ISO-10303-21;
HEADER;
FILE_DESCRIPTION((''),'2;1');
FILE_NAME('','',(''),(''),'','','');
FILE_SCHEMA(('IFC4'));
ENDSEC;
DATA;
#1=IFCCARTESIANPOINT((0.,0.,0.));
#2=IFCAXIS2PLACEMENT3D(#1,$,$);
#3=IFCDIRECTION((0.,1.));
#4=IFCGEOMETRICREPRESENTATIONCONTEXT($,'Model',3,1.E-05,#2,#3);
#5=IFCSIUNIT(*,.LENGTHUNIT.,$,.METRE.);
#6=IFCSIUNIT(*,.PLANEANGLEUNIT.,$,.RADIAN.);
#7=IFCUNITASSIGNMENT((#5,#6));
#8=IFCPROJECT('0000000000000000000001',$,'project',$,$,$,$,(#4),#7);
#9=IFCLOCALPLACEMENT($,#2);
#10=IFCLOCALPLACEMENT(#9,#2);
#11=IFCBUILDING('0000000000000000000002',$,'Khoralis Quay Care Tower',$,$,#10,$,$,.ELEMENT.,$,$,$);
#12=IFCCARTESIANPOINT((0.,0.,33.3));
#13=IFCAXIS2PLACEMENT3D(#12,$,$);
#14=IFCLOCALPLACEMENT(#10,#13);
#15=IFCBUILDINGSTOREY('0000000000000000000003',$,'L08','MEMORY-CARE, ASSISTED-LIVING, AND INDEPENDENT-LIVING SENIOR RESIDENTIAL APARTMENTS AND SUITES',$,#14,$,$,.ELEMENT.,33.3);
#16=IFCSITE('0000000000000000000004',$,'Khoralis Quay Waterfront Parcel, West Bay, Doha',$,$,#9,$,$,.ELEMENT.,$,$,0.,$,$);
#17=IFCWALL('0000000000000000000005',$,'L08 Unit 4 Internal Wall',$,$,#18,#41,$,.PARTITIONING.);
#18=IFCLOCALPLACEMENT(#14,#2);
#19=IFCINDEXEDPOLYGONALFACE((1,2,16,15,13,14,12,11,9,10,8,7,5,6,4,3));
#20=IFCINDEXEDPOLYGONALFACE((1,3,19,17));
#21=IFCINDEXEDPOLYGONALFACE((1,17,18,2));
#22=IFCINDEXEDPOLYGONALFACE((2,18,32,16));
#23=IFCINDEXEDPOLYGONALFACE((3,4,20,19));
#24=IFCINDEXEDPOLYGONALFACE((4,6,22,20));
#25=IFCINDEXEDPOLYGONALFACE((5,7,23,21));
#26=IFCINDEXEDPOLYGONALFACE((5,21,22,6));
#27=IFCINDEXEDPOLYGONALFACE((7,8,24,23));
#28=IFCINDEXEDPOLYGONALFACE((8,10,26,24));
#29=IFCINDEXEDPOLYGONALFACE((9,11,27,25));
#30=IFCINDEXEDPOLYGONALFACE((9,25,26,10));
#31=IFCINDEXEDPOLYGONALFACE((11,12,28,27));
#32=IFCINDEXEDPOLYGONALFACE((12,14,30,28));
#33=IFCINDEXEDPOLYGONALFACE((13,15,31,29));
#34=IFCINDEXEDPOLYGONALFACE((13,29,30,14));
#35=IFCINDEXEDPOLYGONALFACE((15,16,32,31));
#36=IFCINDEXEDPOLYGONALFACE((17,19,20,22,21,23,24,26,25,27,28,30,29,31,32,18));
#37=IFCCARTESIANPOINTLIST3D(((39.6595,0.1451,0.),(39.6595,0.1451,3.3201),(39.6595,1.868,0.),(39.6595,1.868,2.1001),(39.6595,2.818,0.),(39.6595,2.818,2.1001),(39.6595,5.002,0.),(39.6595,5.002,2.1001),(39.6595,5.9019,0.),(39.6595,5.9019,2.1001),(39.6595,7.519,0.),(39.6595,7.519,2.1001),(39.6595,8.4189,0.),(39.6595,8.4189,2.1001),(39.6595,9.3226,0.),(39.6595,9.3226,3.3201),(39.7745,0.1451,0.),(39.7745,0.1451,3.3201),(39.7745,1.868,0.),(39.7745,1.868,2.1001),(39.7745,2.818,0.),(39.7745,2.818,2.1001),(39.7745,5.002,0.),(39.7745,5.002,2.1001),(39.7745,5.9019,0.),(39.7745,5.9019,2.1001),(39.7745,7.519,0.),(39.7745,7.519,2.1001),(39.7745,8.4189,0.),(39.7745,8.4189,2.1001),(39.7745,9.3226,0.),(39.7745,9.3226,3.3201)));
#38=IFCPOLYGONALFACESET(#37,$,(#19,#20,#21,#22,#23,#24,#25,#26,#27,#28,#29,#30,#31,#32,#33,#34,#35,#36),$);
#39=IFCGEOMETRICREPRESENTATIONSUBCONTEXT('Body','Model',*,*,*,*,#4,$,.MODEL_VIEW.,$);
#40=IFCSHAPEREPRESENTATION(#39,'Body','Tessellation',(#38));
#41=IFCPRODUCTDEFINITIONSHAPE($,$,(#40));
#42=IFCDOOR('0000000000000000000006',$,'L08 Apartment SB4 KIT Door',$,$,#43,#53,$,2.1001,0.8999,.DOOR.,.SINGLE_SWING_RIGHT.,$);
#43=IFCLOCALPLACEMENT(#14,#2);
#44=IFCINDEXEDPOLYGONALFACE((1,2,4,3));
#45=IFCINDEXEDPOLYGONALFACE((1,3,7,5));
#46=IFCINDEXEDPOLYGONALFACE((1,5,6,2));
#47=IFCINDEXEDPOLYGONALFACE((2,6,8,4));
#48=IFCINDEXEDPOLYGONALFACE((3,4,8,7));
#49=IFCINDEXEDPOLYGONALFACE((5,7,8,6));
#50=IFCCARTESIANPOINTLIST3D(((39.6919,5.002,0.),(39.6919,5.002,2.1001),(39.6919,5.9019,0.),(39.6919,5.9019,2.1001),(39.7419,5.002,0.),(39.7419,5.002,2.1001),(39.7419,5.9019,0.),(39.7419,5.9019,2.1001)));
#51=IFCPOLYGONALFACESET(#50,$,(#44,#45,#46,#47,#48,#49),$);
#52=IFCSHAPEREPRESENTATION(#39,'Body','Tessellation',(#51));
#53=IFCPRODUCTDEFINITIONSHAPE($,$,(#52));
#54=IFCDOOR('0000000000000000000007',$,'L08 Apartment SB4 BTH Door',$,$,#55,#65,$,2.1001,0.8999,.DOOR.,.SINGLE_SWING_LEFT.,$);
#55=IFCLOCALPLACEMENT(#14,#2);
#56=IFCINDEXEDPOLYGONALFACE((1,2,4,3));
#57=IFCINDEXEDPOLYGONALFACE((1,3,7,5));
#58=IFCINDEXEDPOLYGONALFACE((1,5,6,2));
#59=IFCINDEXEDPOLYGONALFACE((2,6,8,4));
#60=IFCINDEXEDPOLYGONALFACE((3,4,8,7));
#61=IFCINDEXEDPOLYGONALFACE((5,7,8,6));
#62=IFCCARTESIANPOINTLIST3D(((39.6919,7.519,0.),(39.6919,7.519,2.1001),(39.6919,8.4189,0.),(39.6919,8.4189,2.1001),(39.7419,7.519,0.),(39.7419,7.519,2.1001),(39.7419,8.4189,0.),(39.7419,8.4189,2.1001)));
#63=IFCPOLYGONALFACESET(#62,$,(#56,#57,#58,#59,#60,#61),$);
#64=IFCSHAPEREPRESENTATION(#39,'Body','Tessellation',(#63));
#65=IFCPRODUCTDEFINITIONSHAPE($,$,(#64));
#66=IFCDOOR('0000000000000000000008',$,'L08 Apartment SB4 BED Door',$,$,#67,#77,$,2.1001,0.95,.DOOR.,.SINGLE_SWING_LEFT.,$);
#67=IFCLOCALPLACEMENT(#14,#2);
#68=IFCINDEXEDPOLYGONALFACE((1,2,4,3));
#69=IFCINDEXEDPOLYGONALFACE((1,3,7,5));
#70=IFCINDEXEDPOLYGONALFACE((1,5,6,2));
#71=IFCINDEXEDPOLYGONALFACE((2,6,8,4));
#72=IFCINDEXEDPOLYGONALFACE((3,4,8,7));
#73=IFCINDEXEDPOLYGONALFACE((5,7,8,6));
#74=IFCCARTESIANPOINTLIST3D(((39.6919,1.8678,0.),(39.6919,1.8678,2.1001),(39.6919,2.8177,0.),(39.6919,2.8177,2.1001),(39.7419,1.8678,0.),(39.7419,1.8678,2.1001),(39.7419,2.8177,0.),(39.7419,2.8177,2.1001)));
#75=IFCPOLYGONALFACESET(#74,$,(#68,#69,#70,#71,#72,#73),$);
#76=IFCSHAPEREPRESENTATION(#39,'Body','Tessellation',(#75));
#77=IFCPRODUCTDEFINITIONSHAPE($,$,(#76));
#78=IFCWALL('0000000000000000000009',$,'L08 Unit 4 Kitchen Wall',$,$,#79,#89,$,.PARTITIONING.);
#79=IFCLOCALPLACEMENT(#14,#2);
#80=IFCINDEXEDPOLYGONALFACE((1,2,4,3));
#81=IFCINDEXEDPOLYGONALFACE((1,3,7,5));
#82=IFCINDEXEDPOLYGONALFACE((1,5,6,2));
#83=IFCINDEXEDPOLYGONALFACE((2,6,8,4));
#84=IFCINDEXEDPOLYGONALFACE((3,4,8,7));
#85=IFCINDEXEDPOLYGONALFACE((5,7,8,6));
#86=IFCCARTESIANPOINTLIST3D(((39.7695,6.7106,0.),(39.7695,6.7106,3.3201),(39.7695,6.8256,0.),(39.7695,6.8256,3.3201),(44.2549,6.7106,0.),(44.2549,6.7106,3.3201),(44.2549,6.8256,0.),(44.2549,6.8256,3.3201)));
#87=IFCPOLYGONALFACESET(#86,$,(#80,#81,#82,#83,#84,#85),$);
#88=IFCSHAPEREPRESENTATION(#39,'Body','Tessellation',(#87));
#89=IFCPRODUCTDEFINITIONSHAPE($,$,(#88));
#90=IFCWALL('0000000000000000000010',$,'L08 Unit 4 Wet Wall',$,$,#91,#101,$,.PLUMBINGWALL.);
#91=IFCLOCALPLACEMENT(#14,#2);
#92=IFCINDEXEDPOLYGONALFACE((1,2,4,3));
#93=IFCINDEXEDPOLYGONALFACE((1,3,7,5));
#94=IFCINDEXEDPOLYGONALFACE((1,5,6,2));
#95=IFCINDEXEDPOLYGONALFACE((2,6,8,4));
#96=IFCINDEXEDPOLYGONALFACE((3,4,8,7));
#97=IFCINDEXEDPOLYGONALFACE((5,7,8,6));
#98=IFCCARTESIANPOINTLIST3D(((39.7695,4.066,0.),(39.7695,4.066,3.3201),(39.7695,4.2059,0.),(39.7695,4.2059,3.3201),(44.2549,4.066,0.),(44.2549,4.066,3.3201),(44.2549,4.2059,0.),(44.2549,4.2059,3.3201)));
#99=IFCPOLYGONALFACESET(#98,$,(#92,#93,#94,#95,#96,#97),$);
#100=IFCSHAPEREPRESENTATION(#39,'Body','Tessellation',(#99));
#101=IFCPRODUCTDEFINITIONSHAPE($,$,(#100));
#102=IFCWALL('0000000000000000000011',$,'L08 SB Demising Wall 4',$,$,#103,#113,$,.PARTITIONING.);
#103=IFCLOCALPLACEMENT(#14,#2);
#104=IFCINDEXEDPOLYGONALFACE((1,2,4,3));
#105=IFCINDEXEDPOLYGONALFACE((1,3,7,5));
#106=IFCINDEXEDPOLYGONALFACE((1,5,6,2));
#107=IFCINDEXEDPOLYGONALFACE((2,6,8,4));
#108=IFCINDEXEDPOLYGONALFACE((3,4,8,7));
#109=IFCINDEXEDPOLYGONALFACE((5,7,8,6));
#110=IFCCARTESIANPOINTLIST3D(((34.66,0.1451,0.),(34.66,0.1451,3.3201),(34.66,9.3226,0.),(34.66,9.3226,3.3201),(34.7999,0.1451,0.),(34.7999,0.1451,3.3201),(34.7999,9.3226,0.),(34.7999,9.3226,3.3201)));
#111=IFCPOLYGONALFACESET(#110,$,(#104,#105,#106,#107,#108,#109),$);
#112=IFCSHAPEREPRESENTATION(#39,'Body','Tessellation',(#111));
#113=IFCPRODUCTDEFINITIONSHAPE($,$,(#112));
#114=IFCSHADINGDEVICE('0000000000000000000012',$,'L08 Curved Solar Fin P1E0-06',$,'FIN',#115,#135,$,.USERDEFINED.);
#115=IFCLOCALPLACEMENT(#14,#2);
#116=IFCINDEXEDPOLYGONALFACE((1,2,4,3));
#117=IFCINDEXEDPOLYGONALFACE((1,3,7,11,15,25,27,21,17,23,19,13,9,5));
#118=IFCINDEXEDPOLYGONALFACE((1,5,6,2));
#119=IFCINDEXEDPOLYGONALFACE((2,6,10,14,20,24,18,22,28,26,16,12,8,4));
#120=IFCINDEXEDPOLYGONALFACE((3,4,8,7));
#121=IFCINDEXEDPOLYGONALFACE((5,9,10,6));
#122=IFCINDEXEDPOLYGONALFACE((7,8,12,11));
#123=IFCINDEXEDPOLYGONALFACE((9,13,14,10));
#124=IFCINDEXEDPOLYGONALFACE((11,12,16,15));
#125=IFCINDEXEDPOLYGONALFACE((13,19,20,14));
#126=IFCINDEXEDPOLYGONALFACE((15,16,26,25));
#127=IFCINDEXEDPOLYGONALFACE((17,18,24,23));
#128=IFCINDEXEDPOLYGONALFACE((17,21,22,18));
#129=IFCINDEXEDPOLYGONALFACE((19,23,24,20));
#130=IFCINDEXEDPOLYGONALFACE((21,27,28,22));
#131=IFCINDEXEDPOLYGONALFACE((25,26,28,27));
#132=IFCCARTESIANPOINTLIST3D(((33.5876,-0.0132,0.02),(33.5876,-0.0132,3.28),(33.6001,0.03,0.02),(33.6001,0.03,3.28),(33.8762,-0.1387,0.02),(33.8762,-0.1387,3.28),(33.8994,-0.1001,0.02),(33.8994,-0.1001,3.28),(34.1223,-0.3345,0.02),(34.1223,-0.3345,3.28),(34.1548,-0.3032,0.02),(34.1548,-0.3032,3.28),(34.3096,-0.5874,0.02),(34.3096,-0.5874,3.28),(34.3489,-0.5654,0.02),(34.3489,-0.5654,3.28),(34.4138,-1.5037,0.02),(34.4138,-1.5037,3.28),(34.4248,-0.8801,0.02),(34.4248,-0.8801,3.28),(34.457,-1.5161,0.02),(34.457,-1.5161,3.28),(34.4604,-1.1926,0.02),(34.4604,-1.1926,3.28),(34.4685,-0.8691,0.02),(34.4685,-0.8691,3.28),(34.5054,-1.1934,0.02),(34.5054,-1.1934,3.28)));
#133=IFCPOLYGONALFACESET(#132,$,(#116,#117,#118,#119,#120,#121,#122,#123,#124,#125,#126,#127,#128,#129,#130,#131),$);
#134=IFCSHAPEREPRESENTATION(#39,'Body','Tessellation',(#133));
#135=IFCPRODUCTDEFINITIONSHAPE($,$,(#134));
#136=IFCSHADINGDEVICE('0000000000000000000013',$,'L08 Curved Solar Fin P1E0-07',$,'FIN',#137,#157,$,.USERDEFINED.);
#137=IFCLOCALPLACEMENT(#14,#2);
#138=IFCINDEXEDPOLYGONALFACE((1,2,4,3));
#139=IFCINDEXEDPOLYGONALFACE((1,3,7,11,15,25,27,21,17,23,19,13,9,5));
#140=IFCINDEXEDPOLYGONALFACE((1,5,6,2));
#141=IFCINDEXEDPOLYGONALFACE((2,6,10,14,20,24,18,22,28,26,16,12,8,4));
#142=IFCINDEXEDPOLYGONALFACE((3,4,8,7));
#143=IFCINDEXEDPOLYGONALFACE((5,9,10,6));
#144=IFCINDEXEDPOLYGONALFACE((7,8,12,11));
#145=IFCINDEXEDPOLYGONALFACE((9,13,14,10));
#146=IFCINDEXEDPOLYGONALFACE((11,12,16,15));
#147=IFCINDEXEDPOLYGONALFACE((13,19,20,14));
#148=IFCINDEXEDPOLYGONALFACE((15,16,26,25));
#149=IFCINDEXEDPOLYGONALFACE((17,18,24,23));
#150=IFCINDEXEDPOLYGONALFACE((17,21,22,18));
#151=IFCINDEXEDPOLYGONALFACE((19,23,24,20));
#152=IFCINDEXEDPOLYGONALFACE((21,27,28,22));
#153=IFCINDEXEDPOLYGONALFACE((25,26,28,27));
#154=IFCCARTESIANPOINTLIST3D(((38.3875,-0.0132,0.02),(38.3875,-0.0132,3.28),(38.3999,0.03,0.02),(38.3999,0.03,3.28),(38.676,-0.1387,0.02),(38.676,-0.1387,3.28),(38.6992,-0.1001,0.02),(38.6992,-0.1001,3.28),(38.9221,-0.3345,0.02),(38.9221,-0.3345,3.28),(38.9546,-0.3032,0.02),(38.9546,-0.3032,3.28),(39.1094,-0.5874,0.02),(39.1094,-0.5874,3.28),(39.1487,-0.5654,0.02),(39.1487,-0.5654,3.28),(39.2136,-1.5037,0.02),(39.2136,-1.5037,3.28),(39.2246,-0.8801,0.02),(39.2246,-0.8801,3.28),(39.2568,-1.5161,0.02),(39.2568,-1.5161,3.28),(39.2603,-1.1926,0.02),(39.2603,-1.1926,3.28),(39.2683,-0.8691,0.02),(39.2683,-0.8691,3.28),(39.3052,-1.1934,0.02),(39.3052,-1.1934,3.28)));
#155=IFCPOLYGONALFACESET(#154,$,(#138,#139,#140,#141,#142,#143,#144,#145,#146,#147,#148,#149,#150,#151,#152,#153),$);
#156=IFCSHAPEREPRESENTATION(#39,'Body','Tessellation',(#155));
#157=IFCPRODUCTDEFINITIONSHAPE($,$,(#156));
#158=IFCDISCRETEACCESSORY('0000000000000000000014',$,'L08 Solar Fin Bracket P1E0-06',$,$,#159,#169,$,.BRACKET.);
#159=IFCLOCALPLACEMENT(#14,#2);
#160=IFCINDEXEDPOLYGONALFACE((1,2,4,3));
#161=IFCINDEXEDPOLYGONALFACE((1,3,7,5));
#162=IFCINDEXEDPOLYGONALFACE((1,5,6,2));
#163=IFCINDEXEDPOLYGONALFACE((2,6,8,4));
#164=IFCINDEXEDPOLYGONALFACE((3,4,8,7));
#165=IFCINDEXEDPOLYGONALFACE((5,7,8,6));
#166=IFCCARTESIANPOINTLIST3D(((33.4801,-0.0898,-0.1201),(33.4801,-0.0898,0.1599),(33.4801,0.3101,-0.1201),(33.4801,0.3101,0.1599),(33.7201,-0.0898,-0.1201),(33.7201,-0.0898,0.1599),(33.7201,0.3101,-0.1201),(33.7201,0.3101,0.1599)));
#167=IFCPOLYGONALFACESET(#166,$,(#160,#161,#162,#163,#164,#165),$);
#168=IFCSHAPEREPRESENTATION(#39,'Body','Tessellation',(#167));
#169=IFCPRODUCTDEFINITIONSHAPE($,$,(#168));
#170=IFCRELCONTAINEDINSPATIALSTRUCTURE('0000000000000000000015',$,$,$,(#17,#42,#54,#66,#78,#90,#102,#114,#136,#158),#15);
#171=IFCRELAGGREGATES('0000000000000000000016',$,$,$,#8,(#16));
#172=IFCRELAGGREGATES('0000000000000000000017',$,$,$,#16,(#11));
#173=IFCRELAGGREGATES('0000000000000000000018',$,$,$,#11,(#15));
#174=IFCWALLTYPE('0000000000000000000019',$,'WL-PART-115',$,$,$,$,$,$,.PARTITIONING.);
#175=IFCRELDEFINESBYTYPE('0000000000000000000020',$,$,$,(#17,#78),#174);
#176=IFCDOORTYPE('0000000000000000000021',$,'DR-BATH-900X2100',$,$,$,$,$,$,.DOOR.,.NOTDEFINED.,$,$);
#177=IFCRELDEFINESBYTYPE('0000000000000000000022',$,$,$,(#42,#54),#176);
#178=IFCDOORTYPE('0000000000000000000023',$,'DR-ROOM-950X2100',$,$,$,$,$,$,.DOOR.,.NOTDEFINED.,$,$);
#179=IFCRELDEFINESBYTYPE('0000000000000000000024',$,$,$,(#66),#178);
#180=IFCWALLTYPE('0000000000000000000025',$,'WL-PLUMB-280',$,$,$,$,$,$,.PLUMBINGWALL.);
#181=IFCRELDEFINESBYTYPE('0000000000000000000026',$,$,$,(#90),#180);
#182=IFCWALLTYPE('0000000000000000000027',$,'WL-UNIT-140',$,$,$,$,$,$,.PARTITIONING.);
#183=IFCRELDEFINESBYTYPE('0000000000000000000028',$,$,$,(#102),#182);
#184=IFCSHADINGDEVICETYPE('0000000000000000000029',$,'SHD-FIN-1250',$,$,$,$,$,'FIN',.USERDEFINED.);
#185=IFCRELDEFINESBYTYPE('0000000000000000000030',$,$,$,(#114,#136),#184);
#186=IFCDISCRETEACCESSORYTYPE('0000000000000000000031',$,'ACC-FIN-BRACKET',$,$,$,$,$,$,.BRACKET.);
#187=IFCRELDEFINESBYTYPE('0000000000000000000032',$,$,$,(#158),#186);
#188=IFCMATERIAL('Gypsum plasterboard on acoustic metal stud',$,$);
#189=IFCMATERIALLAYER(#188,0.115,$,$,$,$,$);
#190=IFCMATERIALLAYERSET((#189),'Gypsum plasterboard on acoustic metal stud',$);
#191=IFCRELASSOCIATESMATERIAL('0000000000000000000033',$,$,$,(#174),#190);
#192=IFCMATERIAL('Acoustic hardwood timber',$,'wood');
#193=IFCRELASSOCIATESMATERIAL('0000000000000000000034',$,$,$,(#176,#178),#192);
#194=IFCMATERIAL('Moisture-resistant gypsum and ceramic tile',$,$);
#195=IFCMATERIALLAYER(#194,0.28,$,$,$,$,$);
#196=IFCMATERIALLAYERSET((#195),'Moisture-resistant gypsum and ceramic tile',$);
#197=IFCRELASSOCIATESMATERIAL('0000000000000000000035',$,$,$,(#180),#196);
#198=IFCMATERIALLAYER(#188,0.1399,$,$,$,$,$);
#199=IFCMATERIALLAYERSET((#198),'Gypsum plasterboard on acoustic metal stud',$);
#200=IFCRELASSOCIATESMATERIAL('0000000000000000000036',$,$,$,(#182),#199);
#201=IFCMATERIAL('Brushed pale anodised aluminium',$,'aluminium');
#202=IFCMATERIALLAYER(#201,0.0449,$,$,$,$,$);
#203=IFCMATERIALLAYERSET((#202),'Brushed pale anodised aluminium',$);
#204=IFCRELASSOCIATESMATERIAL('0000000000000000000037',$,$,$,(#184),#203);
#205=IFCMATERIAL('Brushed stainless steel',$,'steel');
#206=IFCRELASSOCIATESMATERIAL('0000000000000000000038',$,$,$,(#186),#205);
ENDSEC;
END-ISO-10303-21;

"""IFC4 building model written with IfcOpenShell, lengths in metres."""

from ifc_helpers import new_model, si_unit, direction, frame, frame_2d, origin, origin_2d, place, context, subcontext, project, spatial, polyline, rectangle, outline, extrude, source, transform, mapped, material, layer, layer_set, type_object, element, fill, save


model = new_model("IFC4")

# Units and contexts
model_context = context("Model", 3, precision=1e-05, world=origin(), true_north=direction((0.0, 1.0)))
body_context = subcontext(model_context, "Body", "Model", "MODEL_VIEW")
ifc_project = project(units=[si_unit("LENGTHUNIT", "METRE"), si_unit("PLANEANGLEUNIT", "RADIAN")], contexts=[model_context])

# Site, building, storey
site_placement = place(None, origin())
site = spatial("IfcSite", under=ifc_project, at=site_placement, Name="Khoralis Quay Waterfront Parcel, West Bay, Doha", CompositionType="ELEMENT", RefElevation=0.0)
building_placement = place(site_placement, origin())
building = spatial("IfcBuilding", under=site, at=building_placement, Name="Khoralis Quay Care Tower", CompositionType="ELEMENT")
storey_placement = place(building_placement, frame((0.0, 0.0, 33.3)))
storey = spatial("IfcBuildingStorey", under=building, at=storey_placement, Name="L08", Description="MEMORY-CARE, ASSISTED-LIVING, AND INDEPENDENT-LIVING SENIOR RESIDENTIAL APARTMENTS AND SUITES", CompositionType="ELEMENT", Elevation=33.3)

# Shared definitions
ifc_material_1 = material(Name="Gypsum plasterboard on acoustic metal stud")

# Wall, openings, doors
ifc_layer_1 = layer(ifc_material_1, 0.115)
ifc_layer_set_1 = layer_set([ifc_layer_1], Name="Gypsum plasterboard on acoustic metal stud")
wall_type_1 = type_object("IfcWallType", Name="WL-PART-115", PredefinedType="PARTITIONING", material=ifc_layer_set_1)
wall_1_placement = place(storey_placement, frame((39.717, 0.145, 0.0), z_axis=(0.0, 0.0, 1.0), x_axis=(0.0, 1.0, 0.0)))
wall_1 = element("IfcWall", 1, at=wall_1_placement, inside=storey, type_object=wall_type_1, Name="L08 Unit 4 Internal Wall", PredefinedType="PARTITIONING", context=body_context, shape_type="SweptSolid", body=[
    extrude(rectangle(XDim=9.1775, YDim=0.115, at=frame_2d((4.5889, 0.0))), origin(), (0.0, 0.0, 1.0), 3.3201),
])
opening_1_placement = place(wall_1_placement, frame((1.7229, 0.0, 0.0)))
opening_1 = element("IfcOpeningElement", 2, at=opening_1_placement, cuts=wall_1, PredefinedType="OPENING", context=body_context, shape_type="SweptSolid", body=[
    extrude(rectangle(XDim=0.95, YDim=2.1001, at=frame_2d((0.4751, 1.05))), frame((0.0, 0.0674, 0.0), z_axis=(0.0, -1.0, 0.0), x_axis=(1.0, 0.0, 0.0)), (0.0, 0.0, 1.0), 0.135),
])
opening_2_placement = place(wall_1_placement, frame((4.8569, 0.0, 0.0)))
opening_2 = element("IfcOpeningElement", 3, at=opening_2_placement, cuts=wall_1, PredefinedType="OPENING", context=body_context, shape_type="SweptSolid", body=[
    extrude(rectangle(XDim=0.8999, YDim=2.1001, at=frame_2d((0.45, 1.05))), frame((0.0, 0.0674, 0.0), z_axis=(0.0, -1.0, 0.0), x_axis=(1.0, 0.0, 0.0)), (0.0, 0.0, 1.0), 0.135),
])
opening_3_placement = place(wall_1_placement, frame((7.374, 0.0, 0.0)))
opening_3 = element("IfcOpeningElement", 4, at=opening_3_placement, cuts=wall_1, PredefinedType="OPENING", context=body_context, shape_type="SweptSolid", body=[
    extrude(rectangle(XDim=0.8999, YDim=2.1001, at=frame_2d((0.45, 1.05))), frame((0.0, 0.0674, 0.0), z_axis=(0.0, -1.0, 0.0), x_axis=(1.0, 0.0, 0.0)), (0.0, 0.0, 1.0), 0.135),
])
ifc_material_2 = material(Name="Acoustic hardwood timber", Category="wood")
door_type_1 = type_object("IfcDoorType", Name="DR-BATH-900X2100", OperationType="NOTDEFINED", PredefinedType="DOOR", material=ifc_material_2)
shared_shape_1 = source(origin(), body_context, "Body", "SweptSolid", [
    extrude(rectangle(XDim=0.8999, YDim=2.1001, at=frame_2d((0.45, 1.05))), frame((0.0, 0.0249, 0.0), z_axis=(0.0, -1.0, 0.0), x_axis=(1.0, 0.0, 0.0)), (0.0, 0.0, 1.0), 0.05),
])
door_1_placement = place(opening_2_placement, frame((0.8999, 0.0, 0.0), z_axis=(0.0, 0.0, 1.0), x_axis=(-1.0, 0.0, 0.0)))
door_1 = element("IfcDoor", 5, at=door_1_placement, inside=storey, type_object=door_type_1, Name="L08 Apartment SB4 KIT Door", OperationType="SINGLE_SWING_RIGHT", OverallHeight=2.1001, OverallWidth=0.8999, PredefinedType="DOOR", context=body_context, shape_type="MappedRepresentation", body=[
    mapped(shared_shape_1, transform((0.0, 0.0, 0.0), scale=1.0)),
])
fill(opening_2, door_1)
door_2_placement = place(opening_3_placement, frame((0.8999, 0.0, 0.0), z_axis=(0.0, 0.0, 1.0), x_axis=(-1.0, 0.0, 0.0)))
door_2 = element("IfcDoor", 6, at=door_2_placement, inside=storey, type_object=door_type_1, Name="L08 Apartment SB4 BTH Door", OperationType="SINGLE_SWING_LEFT", OverallHeight=2.1001, OverallWidth=0.8999, PredefinedType="DOOR", context=body_context, shape_type="MappedRepresentation", body=[
    mapped(shared_shape_1, transform((0.0, 0.0, 0.0), scale=1.0)),
])
fill(opening_3, door_2)
door_type_2 = type_object("IfcDoorType", Name="DR-ROOM-950X2100", OperationType="NOTDEFINED", PredefinedType="DOOR", material=ifc_material_2)
shared_shape_2 = source(origin(), body_context, "Body", "SweptSolid", [
    extrude(rectangle(XDim=0.95, YDim=2.1001, at=frame_2d((0.4751, 1.05))), frame((0.0, 0.0249, 0.0), z_axis=(0.0, -1.0, 0.0), x_axis=(1.0, 0.0, 0.0)), (0.0, 0.0, 1.0), 0.05),
])
door_3_placement = place(opening_1_placement, frame((0.95, 0.0, 0.0), z_axis=(0.0, 0.0, 1.0), x_axis=(-1.0, 0.0, 0.0)))
door_3 = element("IfcDoor", 7, at=door_3_placement, inside=storey, type_object=door_type_2, Name="L08 Apartment SB4 BED Door", OperationType="SINGLE_SWING_LEFT", OverallHeight=2.1001, OverallWidth=0.95, PredefinedType="DOOR", context=body_context, shape_type="MappedRepresentation", body=[
    mapped(shared_shape_2, transform((0.0, 0.0, 0.0), scale=1.0)),
])
fill(opening_1, door_3)

# Walls
wall_2_placement = place(storey_placement, frame((39.7695, 6.7681, 0.0), z_axis=(0.0, 0.0, 1.0), x_axis=(1.0, 0.0, 0.0)))
element("IfcWall", 8, at=wall_2_placement, inside=storey, type_object=wall_type_1, Name="L08 Unit 4 Kitchen Wall", PredefinedType="PARTITIONING", context=body_context, shape_type="SweptSolid", body=[
    extrude(rectangle(XDim=4.4854, YDim=0.115, at=frame_2d((2.2427, 0.0))), origin(), (0.0, 0.0, 1.0), 3.3201),
])
ifc_material_3 = material(Name="Moisture-resistant gypsum and ceramic tile")
ifc_layer_2 = layer(ifc_material_3, 0.28)
ifc_layer_set_2 = layer_set([ifc_layer_2], Name="Moisture-resistant gypsum and ceramic tile")
wall_type_2 = type_object("IfcWallType", Name="WL-PLUMB-280", PredefinedType="PLUMBINGWALL", material=ifc_layer_set_2)
wall_3_placement = place(storey_placement, frame((39.7695, 4.136, 0.0), z_axis=(0.0, 0.0, 1.0), x_axis=(1.0, 0.0, 0.0)))
element("IfcWall", 9, at=wall_3_placement, inside=storey, type_object=wall_type_2, Name="L08 Unit 4 Wet Wall", PredefinedType="PLUMBINGWALL", context=body_context, shape_type="SweptSolid", body=[
    extrude(rectangle(XDim=4.4854, YDim=0.1399, at=frame_2d((2.2427, 0.0))), origin(), (0.0, 0.0, 1.0), 3.3201),
])
ifc_layer_3 = layer(ifc_material_1, 0.1399)
ifc_layer_set_3 = layer_set([ifc_layer_3], Name="Gypsum plasterboard on acoustic metal stud")
wall_type_3 = type_object("IfcWallType", Name="WL-UNIT-140", PredefinedType="PARTITIONING", material=ifc_layer_set_3)
wall_4_placement = place(storey_placement, frame((34.73, 0.145, 0.0), z_axis=(0.0, 0.0, 1.0), x_axis=(0.0, 1.0, 0.0)))
element("IfcWall", 10, at=wall_4_placement, inside=storey, type_object=wall_type_3, Name="L08 SB Demising Wall 4", PredefinedType="PARTITIONING", context=body_context, shape_type="SweptSolid", body=[
    extrude(rectangle(XDim=9.1775, YDim=0.1399, at=frame_2d((4.5889, 0.0))), origin(), (0.0, 0.0, 1.0), 3.3201),
])

# Shading devices
ifc_material_4 = material(Name="Brushed pale anodised aluminium", Category="aluminium")
ifc_layer_4 = layer(ifc_material_4, 0.0449)
ifc_layer_set_4 = layer_set([ifc_layer_4], Name="Brushed pale anodised aluminium")
shading_device_type = type_object("IfcShadingDeviceType", Name="SHD-FIN-1250", ElementType="FIN", PredefinedType="USERDEFINED", material=ifc_layer_set_4)
shared_shape_3 = source(origin(), body_context, "Body", "SweptSolid", [
    extrude(outline(polyline([(0.0, 0.0), (0.1301, 0.2993), (0.3333, 0.5547), (0.5955, 0.7488), (0.8992, 0.8684), (1.2234, 0.9053), (1.5461, 0.8569), (1.5337, 0.8137), (1.2227, 0.8604), (0.9102, 0.8247), (0.6174, 0.7095), (0.3645, 0.5222), (0.1687, 0.2761), (0.0432, -0.0125), (0.0, 0.0)])), origin(), (0.0, 0.0, 1.0), 3.26),
])
for number, where, z_axis, x_axis, name in (
    (11, (33.6001, 0.03, 0.02), (0.0, 0.0, 1.0), (0.0, -1.0, 0.0), "L08 Curved Solar Fin P1E0-06"),
    (12, (38.3999, 0.03, 0.02), (0.0, 0.0, 1.0), (0.0, -1.0, 0.0), "L08 Curved Solar Fin P1E0-07"),
):
    element("IfcShadingDevice", number, at=place(storey_placement, frame(where, z_axis=z_axis, x_axis=x_axis)), inside=storey, type_object=shading_device_type, Name=name, ObjectType="FIN", PredefinedType="USERDEFINED", context=body_context, shape_type="MappedRepresentation", body=[
        mapped(shared_shape_3, transform((0.0, 0.0, 0.0), scale=1.0)),
    ])

# Discrete accessory
ifc_material_5 = material(Name="Brushed stainless steel", Category="steel")
discrete_accessory_type = type_object("IfcDiscreteAccessoryType", Name="ACC-FIN-BRACKET", PredefinedType="BRACKET", material=ifc_material_5)
shared_shape_4 = source(origin(), body_context, "Body", "SweptSolid", [
    extrude(rectangle(XDim=0.3999, YDim=0.24, at=origin_2d()), origin(), (0.0, 0.0, 1.0), 0.28),
])
for number, where, z_axis, x_axis, name in (
    (13, (33.6001, 0.1101, -0.1201), (0.0, 0.0, 1.0), (0.0, -1.0, 0.0), "L08 Solar Fin Bracket P1E0-06"),
):
    element("IfcDiscreteAccessory", number, at=place(storey_placement, frame(where, z_axis=z_axis, x_axis=x_axis)), inside=storey, type_object=discrete_accessory_type, Name=name, PredefinedType="BRACKET", context=body_context, shape_type="MappedRepresentation", body=[
        mapped(shared_shape_4, transform((0.0, 0.0, 0.0), scale=1.0)),
    ])

save(model, "model.ifc")
